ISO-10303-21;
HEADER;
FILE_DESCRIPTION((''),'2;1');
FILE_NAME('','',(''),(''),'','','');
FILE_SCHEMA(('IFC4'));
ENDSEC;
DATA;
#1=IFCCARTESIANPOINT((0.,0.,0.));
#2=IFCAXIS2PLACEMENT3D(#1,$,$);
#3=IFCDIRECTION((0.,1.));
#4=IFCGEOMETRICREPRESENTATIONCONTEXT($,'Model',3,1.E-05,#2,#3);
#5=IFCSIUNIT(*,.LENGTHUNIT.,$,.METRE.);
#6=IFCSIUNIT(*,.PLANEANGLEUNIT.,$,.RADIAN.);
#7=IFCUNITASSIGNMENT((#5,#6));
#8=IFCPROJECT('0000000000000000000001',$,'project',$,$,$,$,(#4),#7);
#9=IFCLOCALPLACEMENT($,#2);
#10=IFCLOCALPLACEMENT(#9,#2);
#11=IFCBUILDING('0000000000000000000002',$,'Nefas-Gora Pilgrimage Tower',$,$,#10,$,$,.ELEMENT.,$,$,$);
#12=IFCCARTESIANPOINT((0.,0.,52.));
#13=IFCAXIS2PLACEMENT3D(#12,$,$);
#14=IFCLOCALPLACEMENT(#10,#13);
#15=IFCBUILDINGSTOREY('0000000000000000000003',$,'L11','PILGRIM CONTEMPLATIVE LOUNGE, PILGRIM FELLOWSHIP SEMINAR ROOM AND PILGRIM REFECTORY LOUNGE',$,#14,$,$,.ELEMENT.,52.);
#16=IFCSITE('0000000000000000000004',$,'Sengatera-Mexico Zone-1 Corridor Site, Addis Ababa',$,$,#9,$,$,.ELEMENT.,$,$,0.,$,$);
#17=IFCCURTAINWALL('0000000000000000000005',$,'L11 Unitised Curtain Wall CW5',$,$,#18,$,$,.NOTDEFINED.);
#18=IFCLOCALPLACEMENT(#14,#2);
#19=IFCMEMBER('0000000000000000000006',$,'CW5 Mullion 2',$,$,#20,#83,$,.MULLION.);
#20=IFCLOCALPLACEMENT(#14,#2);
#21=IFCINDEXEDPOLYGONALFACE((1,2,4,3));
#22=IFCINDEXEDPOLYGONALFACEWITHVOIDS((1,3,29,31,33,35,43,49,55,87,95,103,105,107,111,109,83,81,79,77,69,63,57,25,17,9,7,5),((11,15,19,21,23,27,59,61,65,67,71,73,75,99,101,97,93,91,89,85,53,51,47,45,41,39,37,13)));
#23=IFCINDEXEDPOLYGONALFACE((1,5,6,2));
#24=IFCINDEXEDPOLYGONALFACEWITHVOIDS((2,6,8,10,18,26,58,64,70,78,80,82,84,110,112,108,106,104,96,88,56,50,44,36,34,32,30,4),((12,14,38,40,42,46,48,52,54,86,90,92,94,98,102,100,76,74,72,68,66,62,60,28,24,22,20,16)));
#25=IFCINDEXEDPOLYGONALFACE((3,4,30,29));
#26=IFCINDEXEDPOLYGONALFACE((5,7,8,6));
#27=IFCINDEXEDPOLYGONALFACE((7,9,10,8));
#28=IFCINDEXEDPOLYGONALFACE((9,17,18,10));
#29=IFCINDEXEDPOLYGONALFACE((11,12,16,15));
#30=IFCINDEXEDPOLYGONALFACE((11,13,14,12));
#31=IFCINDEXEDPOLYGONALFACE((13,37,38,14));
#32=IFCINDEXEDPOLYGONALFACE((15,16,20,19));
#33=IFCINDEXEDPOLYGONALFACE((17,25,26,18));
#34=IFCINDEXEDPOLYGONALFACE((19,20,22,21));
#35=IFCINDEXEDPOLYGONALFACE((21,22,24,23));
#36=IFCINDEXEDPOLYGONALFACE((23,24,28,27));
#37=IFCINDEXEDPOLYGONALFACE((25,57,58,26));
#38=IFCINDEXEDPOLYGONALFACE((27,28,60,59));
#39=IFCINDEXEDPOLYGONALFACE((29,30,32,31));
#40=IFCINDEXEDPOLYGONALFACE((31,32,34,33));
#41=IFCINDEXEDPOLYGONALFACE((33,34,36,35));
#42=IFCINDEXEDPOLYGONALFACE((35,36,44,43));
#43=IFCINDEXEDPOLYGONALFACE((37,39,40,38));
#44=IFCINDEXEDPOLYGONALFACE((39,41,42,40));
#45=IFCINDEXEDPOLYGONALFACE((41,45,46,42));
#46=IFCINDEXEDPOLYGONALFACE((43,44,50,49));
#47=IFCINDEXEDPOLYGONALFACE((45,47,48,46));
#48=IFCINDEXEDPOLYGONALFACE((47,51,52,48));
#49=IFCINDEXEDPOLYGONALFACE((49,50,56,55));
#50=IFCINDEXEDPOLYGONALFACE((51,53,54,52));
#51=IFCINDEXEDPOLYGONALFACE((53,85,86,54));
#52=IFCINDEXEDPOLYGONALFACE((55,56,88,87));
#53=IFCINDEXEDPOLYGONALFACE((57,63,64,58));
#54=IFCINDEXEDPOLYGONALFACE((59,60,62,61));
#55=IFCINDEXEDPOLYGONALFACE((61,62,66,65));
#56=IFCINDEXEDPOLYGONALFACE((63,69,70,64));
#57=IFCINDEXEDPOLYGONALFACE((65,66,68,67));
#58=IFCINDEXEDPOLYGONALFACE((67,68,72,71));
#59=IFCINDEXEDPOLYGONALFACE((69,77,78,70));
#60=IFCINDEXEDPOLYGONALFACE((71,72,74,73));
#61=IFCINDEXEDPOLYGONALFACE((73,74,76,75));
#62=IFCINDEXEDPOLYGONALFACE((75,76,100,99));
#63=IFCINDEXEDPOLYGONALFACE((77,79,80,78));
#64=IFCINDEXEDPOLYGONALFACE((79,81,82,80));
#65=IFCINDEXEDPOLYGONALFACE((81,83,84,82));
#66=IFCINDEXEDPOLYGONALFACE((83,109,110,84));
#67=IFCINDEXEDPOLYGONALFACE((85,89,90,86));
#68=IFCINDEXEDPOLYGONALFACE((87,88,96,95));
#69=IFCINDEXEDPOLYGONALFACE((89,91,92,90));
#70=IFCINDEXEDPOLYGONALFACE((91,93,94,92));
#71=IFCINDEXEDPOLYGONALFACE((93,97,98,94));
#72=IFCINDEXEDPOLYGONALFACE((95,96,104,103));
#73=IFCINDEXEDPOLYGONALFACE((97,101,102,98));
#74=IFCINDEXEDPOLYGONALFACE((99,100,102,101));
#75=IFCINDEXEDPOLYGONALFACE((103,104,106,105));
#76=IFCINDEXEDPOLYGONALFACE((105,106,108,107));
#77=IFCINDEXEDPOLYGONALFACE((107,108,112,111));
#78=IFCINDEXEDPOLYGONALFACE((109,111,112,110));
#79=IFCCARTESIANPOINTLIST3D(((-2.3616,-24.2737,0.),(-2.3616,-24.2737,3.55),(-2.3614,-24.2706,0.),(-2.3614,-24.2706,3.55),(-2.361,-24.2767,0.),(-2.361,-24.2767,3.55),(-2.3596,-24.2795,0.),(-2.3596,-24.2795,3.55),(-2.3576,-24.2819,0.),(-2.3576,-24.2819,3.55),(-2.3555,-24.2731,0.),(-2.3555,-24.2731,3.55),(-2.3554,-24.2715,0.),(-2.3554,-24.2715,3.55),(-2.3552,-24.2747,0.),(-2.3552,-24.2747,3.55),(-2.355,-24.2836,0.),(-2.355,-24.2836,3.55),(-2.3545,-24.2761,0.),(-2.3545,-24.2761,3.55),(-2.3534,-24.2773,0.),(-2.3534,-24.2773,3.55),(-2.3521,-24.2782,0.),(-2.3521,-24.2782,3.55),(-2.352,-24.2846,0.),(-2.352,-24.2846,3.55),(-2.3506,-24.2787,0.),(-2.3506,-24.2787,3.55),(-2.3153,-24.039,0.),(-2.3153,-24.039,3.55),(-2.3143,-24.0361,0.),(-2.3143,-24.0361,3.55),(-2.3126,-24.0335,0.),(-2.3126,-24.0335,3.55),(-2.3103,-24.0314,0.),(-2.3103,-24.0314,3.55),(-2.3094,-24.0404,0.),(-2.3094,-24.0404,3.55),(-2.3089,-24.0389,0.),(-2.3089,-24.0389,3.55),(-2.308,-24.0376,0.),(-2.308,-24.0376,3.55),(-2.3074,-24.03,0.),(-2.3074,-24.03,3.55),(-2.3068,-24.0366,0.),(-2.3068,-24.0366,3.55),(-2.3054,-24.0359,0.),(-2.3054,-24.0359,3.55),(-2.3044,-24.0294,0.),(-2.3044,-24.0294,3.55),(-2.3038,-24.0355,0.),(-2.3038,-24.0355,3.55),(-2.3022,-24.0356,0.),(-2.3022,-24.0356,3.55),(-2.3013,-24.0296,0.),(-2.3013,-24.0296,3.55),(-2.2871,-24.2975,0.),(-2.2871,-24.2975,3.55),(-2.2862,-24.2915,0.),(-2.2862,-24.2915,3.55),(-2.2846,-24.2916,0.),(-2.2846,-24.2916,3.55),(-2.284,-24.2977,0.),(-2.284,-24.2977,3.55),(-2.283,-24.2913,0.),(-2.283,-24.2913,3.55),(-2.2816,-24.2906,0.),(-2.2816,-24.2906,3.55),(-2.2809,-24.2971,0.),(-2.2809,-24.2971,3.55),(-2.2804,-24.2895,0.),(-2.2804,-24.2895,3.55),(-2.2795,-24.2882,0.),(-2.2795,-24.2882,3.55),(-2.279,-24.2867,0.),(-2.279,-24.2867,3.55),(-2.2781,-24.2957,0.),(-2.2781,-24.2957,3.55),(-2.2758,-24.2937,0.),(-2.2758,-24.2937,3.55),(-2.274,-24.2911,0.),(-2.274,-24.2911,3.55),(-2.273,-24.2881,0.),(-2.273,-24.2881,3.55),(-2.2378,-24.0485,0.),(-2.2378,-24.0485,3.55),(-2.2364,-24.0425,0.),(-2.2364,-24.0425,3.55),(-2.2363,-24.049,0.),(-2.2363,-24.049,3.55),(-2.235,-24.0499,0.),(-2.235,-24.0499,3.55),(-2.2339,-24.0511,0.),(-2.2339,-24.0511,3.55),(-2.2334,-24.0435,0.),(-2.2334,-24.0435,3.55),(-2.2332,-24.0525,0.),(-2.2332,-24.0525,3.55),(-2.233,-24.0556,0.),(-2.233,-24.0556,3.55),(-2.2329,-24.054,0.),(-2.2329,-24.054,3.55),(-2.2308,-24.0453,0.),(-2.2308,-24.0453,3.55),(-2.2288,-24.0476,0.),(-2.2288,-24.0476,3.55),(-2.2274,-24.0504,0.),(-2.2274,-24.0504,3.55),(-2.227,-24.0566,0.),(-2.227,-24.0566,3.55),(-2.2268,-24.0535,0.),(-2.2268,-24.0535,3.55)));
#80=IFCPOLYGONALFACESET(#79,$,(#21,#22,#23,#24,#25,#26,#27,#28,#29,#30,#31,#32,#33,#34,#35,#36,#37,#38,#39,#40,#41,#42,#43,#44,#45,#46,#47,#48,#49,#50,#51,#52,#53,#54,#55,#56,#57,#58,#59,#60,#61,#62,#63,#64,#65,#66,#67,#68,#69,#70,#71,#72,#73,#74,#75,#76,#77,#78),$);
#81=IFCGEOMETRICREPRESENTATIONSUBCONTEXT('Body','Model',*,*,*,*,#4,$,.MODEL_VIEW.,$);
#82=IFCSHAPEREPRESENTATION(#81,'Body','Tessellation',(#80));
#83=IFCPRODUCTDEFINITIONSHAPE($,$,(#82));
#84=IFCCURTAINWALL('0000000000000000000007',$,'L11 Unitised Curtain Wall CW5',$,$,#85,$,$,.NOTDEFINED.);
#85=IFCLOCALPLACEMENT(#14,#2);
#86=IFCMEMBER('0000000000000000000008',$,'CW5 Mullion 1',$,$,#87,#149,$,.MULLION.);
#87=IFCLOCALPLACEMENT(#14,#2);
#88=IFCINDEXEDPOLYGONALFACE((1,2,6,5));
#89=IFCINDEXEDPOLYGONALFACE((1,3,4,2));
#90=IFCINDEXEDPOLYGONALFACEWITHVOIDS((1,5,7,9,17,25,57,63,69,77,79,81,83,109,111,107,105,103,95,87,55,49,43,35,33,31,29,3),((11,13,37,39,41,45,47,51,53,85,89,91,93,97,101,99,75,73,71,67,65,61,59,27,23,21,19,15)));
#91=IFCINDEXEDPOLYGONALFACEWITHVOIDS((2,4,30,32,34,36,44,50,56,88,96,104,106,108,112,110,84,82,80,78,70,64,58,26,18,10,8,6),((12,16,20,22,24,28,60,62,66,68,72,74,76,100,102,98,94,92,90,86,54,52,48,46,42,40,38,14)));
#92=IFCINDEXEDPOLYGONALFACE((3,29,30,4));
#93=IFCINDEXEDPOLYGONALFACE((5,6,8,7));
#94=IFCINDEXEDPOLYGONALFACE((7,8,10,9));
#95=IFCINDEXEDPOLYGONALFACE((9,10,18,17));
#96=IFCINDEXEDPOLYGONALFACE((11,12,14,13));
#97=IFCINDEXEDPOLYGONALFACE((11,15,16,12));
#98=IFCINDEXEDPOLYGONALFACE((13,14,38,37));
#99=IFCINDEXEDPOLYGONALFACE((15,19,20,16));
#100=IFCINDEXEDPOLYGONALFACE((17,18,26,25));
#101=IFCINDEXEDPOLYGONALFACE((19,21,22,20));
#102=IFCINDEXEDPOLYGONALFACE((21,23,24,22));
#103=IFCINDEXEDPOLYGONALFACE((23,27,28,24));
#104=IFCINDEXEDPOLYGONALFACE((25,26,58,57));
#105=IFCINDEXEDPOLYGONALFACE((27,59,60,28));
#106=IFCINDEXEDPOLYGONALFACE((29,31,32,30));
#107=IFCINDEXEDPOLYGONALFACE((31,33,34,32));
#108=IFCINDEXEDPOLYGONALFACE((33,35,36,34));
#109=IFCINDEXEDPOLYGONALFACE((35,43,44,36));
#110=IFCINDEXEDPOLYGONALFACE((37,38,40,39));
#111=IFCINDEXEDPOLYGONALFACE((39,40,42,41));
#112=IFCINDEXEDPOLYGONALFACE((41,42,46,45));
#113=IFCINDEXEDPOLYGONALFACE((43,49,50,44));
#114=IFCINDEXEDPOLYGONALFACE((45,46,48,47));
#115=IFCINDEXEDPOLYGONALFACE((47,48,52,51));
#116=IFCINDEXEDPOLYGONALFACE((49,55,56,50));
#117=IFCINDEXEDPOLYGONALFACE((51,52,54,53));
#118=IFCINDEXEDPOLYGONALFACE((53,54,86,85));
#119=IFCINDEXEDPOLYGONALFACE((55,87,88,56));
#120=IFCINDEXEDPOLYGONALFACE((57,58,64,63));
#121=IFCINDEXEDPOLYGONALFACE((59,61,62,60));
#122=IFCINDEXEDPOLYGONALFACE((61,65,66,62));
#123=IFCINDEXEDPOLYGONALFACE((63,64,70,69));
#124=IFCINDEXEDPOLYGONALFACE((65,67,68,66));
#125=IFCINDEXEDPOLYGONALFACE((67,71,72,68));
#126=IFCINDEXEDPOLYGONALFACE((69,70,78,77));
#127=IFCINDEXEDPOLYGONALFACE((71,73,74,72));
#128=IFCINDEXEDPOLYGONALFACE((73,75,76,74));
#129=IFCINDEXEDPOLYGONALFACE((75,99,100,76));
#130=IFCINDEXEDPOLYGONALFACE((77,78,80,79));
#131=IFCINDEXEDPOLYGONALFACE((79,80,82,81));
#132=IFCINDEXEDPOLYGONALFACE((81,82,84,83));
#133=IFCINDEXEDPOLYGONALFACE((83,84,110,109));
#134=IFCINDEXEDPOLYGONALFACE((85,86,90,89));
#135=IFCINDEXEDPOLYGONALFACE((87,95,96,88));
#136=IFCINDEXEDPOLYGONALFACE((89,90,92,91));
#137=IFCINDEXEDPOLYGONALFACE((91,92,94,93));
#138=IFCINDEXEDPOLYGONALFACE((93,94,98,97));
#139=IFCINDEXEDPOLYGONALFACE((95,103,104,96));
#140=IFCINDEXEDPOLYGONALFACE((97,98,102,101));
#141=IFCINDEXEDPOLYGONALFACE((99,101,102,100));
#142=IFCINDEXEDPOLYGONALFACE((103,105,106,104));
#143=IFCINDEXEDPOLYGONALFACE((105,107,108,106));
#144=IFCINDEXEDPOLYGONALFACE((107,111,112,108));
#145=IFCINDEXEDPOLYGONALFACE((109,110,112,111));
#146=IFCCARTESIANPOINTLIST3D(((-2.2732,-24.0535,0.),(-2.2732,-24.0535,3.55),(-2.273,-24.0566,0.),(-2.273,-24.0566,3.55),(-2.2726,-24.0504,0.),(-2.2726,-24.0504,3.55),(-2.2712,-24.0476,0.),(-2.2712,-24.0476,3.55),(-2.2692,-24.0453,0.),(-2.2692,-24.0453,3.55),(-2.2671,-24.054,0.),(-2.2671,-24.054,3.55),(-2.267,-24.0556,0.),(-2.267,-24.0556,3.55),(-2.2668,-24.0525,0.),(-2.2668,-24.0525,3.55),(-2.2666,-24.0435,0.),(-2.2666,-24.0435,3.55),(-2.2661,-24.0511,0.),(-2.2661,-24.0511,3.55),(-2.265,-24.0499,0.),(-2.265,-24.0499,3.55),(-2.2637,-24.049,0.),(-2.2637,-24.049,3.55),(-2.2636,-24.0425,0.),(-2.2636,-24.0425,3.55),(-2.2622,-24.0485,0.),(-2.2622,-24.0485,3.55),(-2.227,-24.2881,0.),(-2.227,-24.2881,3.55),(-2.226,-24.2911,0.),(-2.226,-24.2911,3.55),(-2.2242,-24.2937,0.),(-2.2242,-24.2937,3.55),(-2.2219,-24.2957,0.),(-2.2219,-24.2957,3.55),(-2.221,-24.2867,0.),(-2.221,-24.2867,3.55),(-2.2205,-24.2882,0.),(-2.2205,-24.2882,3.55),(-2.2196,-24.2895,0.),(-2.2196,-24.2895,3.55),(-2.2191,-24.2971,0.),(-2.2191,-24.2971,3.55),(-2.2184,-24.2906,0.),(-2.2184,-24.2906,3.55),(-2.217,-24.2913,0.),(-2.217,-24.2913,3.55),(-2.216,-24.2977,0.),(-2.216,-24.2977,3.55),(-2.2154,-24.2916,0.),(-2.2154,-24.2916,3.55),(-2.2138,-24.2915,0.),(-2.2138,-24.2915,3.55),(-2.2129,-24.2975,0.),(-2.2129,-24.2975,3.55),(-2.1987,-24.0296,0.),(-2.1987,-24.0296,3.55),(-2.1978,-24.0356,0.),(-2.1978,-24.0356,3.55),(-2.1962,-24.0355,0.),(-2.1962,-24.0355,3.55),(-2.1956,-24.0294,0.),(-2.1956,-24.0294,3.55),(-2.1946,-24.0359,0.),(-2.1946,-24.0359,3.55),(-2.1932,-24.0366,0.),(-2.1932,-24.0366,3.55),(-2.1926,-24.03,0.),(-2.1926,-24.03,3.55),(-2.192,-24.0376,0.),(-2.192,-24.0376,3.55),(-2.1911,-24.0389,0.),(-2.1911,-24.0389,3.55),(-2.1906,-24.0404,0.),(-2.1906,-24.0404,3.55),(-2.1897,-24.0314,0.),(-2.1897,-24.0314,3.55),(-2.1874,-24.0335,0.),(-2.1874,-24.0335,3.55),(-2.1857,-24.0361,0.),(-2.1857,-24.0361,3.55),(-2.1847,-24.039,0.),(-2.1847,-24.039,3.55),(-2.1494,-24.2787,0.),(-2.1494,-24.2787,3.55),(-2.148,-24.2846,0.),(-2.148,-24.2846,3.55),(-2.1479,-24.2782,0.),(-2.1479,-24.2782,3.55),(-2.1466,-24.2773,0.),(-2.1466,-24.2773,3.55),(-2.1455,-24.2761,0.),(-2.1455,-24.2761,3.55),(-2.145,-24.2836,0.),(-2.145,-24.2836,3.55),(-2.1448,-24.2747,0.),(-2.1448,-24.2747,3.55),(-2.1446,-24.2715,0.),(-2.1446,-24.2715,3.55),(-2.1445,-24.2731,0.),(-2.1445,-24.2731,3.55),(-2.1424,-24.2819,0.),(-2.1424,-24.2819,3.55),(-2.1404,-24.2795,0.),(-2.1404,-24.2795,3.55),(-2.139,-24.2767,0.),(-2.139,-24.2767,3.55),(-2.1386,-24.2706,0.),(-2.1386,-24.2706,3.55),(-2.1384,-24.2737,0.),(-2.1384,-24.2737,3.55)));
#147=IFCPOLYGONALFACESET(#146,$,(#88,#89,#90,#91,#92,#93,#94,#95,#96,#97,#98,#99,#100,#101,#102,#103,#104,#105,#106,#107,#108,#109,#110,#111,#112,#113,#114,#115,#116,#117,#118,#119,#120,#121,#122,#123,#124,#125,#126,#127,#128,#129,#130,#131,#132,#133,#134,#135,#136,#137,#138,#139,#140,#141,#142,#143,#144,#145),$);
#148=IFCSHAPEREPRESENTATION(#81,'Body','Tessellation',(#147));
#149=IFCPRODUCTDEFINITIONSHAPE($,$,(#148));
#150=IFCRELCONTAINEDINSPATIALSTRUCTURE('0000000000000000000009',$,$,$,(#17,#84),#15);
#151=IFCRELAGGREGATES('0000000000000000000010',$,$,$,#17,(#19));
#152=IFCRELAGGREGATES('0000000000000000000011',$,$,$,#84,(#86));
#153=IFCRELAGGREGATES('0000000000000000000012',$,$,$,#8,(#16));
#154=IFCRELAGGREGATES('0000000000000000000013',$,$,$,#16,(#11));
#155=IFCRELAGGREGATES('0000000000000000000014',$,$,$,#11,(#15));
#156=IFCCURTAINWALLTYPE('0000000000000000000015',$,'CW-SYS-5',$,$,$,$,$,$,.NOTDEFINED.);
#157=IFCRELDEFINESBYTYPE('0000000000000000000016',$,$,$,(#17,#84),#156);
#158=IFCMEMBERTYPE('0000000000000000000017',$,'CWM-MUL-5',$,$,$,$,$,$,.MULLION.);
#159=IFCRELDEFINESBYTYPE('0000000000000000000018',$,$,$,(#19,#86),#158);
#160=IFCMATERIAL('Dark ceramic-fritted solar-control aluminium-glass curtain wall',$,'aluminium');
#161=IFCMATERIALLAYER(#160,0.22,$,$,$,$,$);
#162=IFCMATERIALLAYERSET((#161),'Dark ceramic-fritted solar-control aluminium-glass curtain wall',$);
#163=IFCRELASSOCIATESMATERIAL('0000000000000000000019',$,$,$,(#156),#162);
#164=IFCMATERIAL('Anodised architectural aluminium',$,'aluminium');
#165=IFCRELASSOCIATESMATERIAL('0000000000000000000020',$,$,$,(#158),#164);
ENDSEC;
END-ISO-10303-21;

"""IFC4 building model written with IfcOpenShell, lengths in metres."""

from ifc_helpers import new_model, si_unit, direction, frame, origin, origin_2d, place, context, subcontext, project, spatial, hollow_rectangle, extrude, source, transform, mapped, material, layer, layer_set, material_profile, profile_set, type_object, element, aggregate, save


model = new_model("IFC4")

# Units and contexts
model_context = context("Model", 3, precision=1e-05, world=origin(), true_north=direction((0.0, 1.0)))
body_context = subcontext(model_context, "Body", "Model", "MODEL_VIEW")
ifc_project = project(units=[si_unit("LENGTHUNIT", "METRE"), si_unit("PLANEANGLEUNIT", "RADIAN")], contexts=[model_context])

# Site, building, storey
site_placement = place(None, origin())
site = spatial("IfcSite", under=ifc_project, at=site_placement, Name="Sengatera-Mexico Zone-1 Corridor Site, Addis Ababa", CompositionType="ELEMENT", RefElevation=0.0)
building_placement = place(site_placement, origin())
building = spatial("IfcBuilding", under=site, at=building_placement, Name="Nefas-Gora Pilgrimage Tower", CompositionType="ELEMENT")
storey_placement = place(building_placement, frame((0.0, 0.0, 52.0)))
storey = spatial("IfcBuildingStorey", under=building, at=storey_placement, Name="L11", Description="PILGRIM CONTEMPLATIVE LOUNGE, PILGRIM FELLOWSHIP SEMINAR ROOM AND PILGRIM REFECTORY LOUNGE", CompositionType="ELEMENT", Elevation=52.0)

# Shared definitions
ifc_material_1 = material(Name="Dark ceramic-fritted solar-control aluminium-glass curtain wall", Category="aluminium")
ifc_layer_1 = layer(ifc_material_1, 0.22)
ifc_layer_set_1 = layer_set([ifc_layer_1], Name="Dark ceramic-fritted solar-control aluminium-glass curtain wall")
curtain_wall_type = type_object("IfcCurtainWallType", Name="CW-SYS-5", PredefinedType="NOTDEFINED", material=ifc_layer_set_1)
ifc_material_2 = material(Name="Anodised architectural aluminium", Category="aluminium")
ifc_material_profile_1 = material_profile(ifc_material_2, hollow_rectangle(XDim=0.0901, YDim=0.26, WallThickness=0.0061, InnerFilletRadius=0.0061, OuterFilletRadius=0.012, at=origin_2d()), Name="ALU MULLION 90x260")
ifc_profile_set_1 = profile_set([ifc_material_profile_1], Name="Anodised architectural aluminium")
member_type_1 = type_object("IfcMemberType", Name="CWM-MUL-5", PredefinedType="MULLION", material=ifc_profile_set_1)
shared_shape_1 = source(origin(), body_context, "Body", "SweptSolid", [
    extrude(hollow_rectangle(XDim=0.0901, YDim=0.26, WallThickness=0.0061, InnerFilletRadius=0.0061, OuterFilletRadius=0.012, at=origin_2d()), origin(), (0.0, 0.0, 1.0), 3.55),
])

# Curtain wall, member
curtain_wall_1_placement = place(storey_placement, origin())
curtain_wall_1 = element("IfcCurtainWall", 1, at=curtain_wall_1_placement, inside=storey, type_object=curtain_wall_type, Name="L11 Unitised Curtain Wall CW5", PredefinedType="NOTDEFINED")
member_1_placement = place(storey_placement, frame((-2.2942, -24.1636, 0.0), z_axis=(0.0, 0.0, 1.0), x_axis=(0.980783, -0.195102, 0.0)))
member_1 = element("IfcMember", 2, at=member_1_placement, type_object=member_type_1, Name="CW5 Mullion 2", PredefinedType="MULLION", context=body_context, shape_type="MappedRepresentation", body=[
    mapped(shared_shape_1, transform((0.0, 0.0, 0.0), x_axis=(1.0, 0.0, 0.0), y_axis=(0.0, 1.0, 0.0), z_axis=(0.0, 0.0, 1.0), scale=1.0)),
])

# Curtain wall, member
curtain_wall_2_placement = place(storey_placement, origin())
curtain_wall_2 = element("IfcCurtainWall", 3, at=curtain_wall_2_placement, inside=storey, type_object=curtain_wall_type, Name="L11 Unitised Curtain Wall CW5", PredefinedType="NOTDEFINED")
member_2_placement = place(storey_placement, frame((-2.2058, -24.1636, 0.0), z_axis=(0.0, 0.0, 1.0), x_axis=(0.980783, 0.195102, 0.0)))
member_2 = element("IfcMember", 4, at=member_2_placement, type_object=member_type_1, Name="CW5 Mullion 1", PredefinedType="MULLION", context=body_context, shape_type="MappedRepresentation", body=[
    mapped(shared_shape_1, transform((0.0, 0.0, 0.0), x_axis=(1.0, 0.0, 0.0), y_axis=(0.0, 1.0, 0.0), z_axis=(0.0, 0.0, 1.0), scale=1.0)),
])

aggregate(curtain_wall_1, [member_1])
aggregate(curtain_wall_2, [member_2])

save(model, "model.ifc")
